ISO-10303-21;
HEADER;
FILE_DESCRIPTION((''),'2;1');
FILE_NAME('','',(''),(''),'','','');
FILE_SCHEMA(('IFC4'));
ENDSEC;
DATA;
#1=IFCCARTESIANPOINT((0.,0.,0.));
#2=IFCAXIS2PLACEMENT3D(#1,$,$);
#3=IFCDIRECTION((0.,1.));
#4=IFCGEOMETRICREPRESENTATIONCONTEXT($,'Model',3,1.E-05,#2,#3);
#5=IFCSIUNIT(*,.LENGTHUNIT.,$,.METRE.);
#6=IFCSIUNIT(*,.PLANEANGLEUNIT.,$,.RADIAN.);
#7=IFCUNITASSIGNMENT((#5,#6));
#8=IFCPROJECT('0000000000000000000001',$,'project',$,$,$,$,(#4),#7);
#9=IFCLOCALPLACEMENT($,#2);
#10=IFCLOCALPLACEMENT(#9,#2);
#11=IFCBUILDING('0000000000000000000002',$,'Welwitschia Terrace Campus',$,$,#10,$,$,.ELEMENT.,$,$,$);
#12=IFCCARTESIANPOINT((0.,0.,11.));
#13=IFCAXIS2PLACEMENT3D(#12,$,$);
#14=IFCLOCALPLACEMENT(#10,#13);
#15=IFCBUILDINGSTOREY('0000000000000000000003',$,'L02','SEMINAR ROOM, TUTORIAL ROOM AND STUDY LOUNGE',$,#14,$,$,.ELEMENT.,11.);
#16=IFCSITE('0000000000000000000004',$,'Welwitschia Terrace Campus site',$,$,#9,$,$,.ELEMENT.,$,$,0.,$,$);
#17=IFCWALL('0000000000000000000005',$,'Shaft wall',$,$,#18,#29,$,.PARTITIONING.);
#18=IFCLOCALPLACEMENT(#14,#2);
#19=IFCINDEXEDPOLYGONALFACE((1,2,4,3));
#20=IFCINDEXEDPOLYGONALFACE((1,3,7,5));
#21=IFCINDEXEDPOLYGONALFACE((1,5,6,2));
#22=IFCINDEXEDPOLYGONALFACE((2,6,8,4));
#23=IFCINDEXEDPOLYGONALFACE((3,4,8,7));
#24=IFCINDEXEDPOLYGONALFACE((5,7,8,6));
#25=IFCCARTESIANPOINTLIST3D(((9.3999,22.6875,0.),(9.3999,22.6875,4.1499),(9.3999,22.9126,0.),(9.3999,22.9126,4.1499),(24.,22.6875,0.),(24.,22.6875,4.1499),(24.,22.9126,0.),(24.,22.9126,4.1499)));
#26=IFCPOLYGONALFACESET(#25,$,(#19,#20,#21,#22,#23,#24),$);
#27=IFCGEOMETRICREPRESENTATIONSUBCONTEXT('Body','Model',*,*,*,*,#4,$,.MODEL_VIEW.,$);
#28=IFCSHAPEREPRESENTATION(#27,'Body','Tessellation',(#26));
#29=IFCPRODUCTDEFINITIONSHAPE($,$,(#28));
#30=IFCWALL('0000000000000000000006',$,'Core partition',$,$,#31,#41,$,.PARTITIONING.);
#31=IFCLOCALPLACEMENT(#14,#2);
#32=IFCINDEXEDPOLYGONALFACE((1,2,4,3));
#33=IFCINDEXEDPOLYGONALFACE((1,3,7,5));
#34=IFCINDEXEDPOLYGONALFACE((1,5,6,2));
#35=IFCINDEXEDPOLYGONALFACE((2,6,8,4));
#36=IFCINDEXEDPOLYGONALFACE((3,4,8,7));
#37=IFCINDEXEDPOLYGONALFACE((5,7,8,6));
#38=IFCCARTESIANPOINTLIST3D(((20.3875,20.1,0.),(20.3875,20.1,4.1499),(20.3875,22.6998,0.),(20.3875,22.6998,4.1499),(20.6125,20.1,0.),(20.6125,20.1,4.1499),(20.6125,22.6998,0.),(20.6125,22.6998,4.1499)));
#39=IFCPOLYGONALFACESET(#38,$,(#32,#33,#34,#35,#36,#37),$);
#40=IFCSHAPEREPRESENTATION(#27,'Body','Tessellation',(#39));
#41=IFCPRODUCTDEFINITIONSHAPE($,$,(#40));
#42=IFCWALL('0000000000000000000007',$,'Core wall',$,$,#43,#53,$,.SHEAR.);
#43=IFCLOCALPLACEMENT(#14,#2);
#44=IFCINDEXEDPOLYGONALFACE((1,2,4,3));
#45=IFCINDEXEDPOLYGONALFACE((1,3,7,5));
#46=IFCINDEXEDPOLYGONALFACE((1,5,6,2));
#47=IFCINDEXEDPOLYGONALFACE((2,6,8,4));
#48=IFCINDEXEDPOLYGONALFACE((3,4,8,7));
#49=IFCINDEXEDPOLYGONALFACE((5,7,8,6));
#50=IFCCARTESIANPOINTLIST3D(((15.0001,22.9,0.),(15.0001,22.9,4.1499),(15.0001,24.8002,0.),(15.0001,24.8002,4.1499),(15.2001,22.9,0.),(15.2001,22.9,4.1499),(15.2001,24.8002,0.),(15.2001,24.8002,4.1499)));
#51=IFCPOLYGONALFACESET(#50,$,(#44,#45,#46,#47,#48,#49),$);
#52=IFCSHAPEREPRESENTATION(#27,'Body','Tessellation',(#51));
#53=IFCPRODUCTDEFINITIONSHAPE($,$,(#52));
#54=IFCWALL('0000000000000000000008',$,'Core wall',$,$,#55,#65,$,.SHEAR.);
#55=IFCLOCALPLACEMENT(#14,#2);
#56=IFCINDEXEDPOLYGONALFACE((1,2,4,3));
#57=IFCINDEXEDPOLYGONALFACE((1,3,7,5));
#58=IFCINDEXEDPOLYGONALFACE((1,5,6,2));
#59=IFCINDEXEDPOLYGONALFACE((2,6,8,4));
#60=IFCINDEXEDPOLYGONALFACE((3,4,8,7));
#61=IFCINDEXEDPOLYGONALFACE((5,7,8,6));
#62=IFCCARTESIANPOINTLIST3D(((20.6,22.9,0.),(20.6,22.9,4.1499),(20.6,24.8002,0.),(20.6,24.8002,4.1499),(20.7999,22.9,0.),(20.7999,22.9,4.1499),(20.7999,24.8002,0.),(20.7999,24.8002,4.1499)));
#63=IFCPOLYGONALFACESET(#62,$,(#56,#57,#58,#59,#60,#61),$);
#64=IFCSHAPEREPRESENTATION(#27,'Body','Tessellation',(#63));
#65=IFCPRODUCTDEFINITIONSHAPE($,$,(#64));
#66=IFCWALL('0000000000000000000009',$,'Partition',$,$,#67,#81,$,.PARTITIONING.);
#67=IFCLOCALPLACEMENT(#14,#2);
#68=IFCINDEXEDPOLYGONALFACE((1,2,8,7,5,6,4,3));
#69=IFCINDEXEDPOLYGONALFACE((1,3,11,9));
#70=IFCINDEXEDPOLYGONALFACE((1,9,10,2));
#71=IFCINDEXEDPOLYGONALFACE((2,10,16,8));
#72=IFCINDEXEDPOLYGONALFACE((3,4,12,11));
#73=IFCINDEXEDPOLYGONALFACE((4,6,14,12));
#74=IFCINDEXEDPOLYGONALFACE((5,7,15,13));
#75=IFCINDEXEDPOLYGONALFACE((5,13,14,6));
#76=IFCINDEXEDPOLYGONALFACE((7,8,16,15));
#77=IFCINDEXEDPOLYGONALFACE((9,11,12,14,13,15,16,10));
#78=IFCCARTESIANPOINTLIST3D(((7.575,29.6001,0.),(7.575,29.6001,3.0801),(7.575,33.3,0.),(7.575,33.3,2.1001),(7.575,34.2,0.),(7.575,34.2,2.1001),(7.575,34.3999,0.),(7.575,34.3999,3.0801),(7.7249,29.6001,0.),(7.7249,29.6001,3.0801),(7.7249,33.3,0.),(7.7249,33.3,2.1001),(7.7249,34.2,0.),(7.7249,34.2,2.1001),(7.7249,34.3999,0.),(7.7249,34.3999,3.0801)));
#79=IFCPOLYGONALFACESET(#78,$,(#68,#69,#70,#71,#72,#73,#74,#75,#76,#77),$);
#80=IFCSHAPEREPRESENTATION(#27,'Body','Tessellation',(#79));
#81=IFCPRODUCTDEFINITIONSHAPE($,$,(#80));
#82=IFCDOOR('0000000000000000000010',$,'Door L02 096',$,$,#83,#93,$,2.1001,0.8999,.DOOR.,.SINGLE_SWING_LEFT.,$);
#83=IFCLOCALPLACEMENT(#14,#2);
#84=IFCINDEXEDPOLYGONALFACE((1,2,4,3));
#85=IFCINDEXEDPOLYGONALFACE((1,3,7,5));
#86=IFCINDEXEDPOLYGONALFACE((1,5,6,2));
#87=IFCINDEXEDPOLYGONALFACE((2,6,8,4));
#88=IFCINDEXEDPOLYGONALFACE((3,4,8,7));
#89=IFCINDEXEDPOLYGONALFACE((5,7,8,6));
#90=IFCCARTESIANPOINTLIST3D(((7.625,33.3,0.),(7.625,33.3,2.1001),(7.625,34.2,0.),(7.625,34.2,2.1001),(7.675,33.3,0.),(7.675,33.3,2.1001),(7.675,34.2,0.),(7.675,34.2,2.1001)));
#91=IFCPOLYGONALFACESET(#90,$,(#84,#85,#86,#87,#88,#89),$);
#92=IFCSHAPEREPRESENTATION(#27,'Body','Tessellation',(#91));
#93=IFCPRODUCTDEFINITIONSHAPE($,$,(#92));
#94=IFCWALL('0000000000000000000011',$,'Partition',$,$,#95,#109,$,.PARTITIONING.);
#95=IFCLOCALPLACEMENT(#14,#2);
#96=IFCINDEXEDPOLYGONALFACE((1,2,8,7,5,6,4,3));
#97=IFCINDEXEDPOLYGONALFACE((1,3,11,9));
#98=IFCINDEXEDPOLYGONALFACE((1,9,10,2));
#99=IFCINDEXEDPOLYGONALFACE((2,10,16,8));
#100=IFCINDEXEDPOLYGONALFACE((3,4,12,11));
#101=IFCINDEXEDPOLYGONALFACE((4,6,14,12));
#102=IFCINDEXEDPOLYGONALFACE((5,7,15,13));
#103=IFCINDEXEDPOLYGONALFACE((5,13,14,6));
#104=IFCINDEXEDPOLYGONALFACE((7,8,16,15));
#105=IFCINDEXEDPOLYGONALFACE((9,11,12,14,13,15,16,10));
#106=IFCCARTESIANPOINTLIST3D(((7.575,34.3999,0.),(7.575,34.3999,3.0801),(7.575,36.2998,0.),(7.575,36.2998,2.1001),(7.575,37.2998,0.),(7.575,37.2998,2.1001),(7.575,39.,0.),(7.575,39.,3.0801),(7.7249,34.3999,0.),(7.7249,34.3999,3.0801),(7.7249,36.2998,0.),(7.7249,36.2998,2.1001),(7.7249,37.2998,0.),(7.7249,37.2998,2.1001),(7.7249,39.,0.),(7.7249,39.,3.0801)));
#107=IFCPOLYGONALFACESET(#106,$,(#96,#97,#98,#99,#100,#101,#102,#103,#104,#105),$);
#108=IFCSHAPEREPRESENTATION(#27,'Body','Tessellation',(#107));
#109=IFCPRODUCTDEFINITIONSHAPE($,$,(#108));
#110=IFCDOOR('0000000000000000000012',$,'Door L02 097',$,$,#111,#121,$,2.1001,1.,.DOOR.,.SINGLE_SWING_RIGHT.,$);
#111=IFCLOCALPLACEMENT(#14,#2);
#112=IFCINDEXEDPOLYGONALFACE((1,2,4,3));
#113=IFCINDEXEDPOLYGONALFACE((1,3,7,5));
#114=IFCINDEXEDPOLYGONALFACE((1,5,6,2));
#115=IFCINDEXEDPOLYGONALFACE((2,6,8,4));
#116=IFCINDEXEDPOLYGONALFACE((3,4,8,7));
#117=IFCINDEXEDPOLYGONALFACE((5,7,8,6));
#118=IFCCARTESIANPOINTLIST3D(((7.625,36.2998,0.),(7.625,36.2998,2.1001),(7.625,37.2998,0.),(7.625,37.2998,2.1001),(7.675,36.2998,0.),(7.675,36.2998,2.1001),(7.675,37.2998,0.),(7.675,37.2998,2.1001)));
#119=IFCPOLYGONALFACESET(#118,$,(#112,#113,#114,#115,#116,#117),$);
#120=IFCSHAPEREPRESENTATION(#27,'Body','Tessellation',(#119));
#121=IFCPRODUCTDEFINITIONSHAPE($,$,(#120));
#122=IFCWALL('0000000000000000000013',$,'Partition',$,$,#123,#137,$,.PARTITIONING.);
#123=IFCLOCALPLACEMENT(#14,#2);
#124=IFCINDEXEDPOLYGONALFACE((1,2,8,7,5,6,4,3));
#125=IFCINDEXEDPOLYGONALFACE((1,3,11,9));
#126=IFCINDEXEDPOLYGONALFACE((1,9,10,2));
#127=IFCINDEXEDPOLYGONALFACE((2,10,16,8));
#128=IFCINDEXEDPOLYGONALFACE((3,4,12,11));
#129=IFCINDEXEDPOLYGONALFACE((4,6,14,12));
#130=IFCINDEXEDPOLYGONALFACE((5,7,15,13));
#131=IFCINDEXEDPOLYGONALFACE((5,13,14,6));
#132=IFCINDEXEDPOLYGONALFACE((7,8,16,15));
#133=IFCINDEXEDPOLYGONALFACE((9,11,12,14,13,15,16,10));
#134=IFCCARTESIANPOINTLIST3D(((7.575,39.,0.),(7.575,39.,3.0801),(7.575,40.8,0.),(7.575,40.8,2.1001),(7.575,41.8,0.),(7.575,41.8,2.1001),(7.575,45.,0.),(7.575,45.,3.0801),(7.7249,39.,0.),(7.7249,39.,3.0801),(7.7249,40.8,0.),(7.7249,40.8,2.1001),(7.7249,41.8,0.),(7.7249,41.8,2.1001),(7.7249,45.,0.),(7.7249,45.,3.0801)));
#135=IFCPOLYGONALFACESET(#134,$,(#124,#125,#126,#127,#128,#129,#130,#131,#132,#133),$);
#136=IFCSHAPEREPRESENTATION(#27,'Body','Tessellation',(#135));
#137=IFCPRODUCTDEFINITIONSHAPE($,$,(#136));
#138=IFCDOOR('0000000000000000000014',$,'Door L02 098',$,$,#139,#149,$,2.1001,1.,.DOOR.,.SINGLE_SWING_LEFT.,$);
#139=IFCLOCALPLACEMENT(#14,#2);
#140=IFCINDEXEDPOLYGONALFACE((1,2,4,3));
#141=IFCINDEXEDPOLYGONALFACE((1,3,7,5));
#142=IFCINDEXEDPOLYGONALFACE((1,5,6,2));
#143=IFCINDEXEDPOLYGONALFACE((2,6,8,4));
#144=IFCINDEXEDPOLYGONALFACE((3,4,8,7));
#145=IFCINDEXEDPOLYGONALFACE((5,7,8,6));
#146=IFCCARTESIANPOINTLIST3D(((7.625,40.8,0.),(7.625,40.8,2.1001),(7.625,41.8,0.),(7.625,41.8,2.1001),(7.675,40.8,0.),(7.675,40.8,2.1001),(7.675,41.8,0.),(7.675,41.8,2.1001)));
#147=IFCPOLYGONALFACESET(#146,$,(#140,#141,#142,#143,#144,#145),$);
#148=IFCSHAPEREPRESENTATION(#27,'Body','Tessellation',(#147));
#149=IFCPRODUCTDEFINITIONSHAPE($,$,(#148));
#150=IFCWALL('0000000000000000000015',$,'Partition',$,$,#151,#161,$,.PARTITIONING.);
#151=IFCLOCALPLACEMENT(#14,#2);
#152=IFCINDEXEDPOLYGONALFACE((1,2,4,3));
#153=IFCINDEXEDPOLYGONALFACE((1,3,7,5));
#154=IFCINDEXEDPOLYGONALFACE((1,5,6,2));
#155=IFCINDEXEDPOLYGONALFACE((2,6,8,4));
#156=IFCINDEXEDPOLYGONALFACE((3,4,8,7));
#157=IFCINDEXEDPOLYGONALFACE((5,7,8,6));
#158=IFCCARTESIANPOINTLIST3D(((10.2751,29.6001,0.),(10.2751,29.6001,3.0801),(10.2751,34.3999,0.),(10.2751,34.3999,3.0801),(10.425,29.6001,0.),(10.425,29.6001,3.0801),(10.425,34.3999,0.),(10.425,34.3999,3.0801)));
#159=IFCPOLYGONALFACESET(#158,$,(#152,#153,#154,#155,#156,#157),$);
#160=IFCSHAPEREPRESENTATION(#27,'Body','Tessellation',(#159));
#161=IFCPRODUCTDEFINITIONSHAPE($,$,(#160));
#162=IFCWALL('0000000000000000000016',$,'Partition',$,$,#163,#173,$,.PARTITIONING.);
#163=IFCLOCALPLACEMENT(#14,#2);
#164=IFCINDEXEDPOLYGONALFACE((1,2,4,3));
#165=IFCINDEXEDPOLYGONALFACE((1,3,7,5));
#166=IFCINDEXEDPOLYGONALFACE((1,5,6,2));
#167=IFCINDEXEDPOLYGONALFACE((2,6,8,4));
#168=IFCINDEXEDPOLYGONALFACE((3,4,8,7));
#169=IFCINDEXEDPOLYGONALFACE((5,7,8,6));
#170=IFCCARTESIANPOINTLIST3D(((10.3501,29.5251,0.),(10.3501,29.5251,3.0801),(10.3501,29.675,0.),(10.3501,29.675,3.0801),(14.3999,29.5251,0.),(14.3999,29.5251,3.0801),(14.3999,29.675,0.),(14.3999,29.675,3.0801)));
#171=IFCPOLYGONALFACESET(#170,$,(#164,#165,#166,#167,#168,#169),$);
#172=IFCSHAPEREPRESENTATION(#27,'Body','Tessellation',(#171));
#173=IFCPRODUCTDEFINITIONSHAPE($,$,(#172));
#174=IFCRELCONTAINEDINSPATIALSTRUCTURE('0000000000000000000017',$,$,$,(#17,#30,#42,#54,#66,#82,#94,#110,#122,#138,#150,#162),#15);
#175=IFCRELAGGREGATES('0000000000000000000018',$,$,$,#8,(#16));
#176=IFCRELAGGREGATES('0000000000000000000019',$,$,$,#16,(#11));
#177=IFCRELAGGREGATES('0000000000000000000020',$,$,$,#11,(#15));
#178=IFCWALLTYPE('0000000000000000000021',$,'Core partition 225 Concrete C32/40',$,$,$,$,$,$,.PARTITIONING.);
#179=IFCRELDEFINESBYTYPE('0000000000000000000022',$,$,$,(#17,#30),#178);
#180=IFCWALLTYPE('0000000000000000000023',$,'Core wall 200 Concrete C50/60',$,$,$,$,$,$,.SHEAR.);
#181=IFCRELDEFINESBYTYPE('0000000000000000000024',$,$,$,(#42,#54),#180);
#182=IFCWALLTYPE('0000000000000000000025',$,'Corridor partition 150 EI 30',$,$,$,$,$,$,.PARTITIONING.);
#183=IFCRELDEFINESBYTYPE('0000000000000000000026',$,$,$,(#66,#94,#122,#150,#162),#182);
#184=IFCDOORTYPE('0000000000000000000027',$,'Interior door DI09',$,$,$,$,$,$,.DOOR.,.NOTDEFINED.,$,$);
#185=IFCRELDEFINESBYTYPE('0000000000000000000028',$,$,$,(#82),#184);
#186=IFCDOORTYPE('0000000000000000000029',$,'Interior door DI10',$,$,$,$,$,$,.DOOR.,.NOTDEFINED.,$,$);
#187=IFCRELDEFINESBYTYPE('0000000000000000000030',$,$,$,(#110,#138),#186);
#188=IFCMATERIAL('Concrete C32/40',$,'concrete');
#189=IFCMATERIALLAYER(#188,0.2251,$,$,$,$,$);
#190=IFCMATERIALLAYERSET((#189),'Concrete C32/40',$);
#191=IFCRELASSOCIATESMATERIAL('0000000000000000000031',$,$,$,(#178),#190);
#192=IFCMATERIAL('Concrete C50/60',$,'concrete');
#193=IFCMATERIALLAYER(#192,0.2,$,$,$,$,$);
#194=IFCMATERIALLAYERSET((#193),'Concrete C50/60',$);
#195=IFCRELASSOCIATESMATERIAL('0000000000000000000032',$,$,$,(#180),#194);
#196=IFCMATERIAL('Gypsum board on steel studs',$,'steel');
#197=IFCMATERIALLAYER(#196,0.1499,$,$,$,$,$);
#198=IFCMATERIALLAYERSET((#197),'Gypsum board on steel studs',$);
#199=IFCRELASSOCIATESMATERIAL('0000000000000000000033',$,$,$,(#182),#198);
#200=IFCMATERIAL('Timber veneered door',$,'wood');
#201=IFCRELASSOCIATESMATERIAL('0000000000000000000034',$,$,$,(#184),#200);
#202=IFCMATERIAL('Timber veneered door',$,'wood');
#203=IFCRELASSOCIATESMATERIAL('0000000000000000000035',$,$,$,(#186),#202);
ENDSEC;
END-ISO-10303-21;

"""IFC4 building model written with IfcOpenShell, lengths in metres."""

from ifc_helpers import new_model, si_unit, direction, frame, frame_2d, origin, place, context, subcontext, project, spatial, rectangle, extrude, material, layer, layer_set, type_object, element, fill, save


model = new_model("IFC4")

# Units and contexts
model_context = context("Model", 3, precision=1e-05, world=origin(), true_north=direction((0.0, 1.0)))
body_context = subcontext(model_context, "Body", "Model", "MODEL_VIEW")
ifc_project = project(units=[si_unit("LENGTHUNIT", "METRE"), si_unit("PLANEANGLEUNIT", "RADIAN")], contexts=[model_context])

# Site, building, storey
site_placement = place(None, origin())
site = spatial("IfcSite", under=ifc_project, at=site_placement, Name="Welwitschia Terrace Campus site", CompositionType="ELEMENT", RefElevation=0.0)
building_placement = place(site_placement, origin())
building = spatial("IfcBuilding", under=site, at=building_placement, Name="Welwitschia Terrace Campus", CompositionType="ELEMENT")
storey_placement = place(building_placement, frame((0.0, 0.0, 11.0)))
storey = spatial("IfcBuildingStorey", under=building, at=storey_placement, Name="L02", Description="SEMINAR ROOM, TUTORIAL ROOM AND STUDY LOUNGE", CompositionType="ELEMENT", Elevation=11.0)

# Walls
ifc_material_1 = material(Name="Concrete C32/40", Category="concrete")
ifc_layer_1 = layer(ifc_material_1, 0.2251)
ifc_layer_set_1 = layer_set([ifc_layer_1], Name="Concrete C32/40")
wall_type_1 = type_object("IfcWallType", Name="Core partition 225 Concrete C32/40", PredefinedType="PARTITIONING", material=ifc_layer_set_1)
wall_1_placement = place(storey_placement, frame((9.3999, 22.8, 0.0), z_axis=(0.0, 0.0, 1.0), x_axis=(1.0, 0.0, 0.0)))
element("IfcWall", 1, at=wall_1_placement, inside=storey, type_object=wall_type_1, Name="Shaft wall", PredefinedType="PARTITIONING", context=body_context, shape_type="SweptSolid", body=[
    extrude(rectangle(XDim=14.6001, YDim=0.2251, at=frame_2d((7.3, 0.0))), origin(), (0.0, 0.0, 1.0), 4.1499),
])
wall_2_placement = place(storey_placement, frame((20.5, 20.1001, 0.0), z_axis=(0.0, 0.0, 1.0), x_axis=(0.0, 1.0, 0.0)))
element("IfcWall", 2, at=wall_2_placement, inside=storey, type_object=wall_type_1, Name="Core partition", PredefinedType="PARTITIONING", context=body_context, shape_type="SweptSolid", body=[
    extrude(rectangle(XDim=2.5999, YDim=0.2251, at=frame_2d((1.2998, 0.0))), origin(), (0.0, 0.0, 1.0), 4.1499),
])
ifc_material_2 = material(Name="Concrete C50/60", Category="concrete")
ifc_layer_2 = layer(ifc_material_2, 0.2)
ifc_layer_set_2 = layer_set([ifc_layer_2], Name="Concrete C50/60")
wall_type_2 = type_object("IfcWallType", Name="Core wall 200 Concrete C50/60", PredefinedType="SHEAR", material=ifc_layer_set_2)
for number, where, z_axis, x_axis, name in (
    (3, (15.1001, 22.8999, 0.0), (0.0, 0.0, 1.0), (0.0, 1.0, 0.0), "Core wall"),
    (4, (20.7, 22.8999, 0.0), (0.0, 0.0, 1.0), (0.0, 1.0, 0.0), "Core wall"),
):
    element("IfcWall", number, at=place(storey_placement, frame(where, z_axis=z_axis, x_axis=x_axis)), inside=storey, type_object=wall_type_2, Name=name, PredefinedType="SHEAR", context=body_context, shape_type="SweptSolid", body=[
        extrude(rectangle(XDim=1.9001, YDim=0.2, at=frame_2d((0.9502, 0.0))), origin(), (0.0, 0.0, 1.0), 4.1499),
    ])

# Walls, openings, doors
ifc_material_3 = material(Name="Gypsum board on steel studs", Category="steel")
ifc_layer_3 = layer(ifc_material_3, 0.1499)
ifc_layer_set_3 = layer_set([ifc_layer_3], Name="Gypsum board on steel studs")
wall_type_3 = type_object("IfcWallType", Name="Corridor partition 150 EI 30", PredefinedType="PARTITIONING", material=ifc_layer_set_3)
wall_3_placement = place(storey_placement, frame((7.6499, 29.6001, 0.0), z_axis=(0.0, 0.0, 1.0), x_axis=(0.0, 1.0, 0.0)))
wall_3 = element("IfcWall", 5, at=wall_3_placement, inside=storey, type_object=wall_type_3, Name="Partition", PredefinedType="PARTITIONING", context=body_context, shape_type="SweptSolid", body=[
    extrude(rectangle(XDim=4.7998, YDim=0.1499, at=frame_2d((2.3999, 0.0))), origin(), (0.0, 0.0, 1.0), 3.0801),
])
opening_1_placement = place(wall_3_placement, frame((3.7, 0.0, 0.0)))
opening_1 = element("IfcOpeningElement", 6, at=opening_1_placement, cuts=wall_3, PredefinedType="OPENING", context=body_context, shape_type="SweptSolid", body=[
    extrude(rectangle(XDim=0.8999, YDim=2.1001, at=frame_2d((0.45, 1.05))), frame((0.0, 0.085, 0.0), z_axis=(0.0, -1.0, 0.0), x_axis=(1.0, 0.0, 0.0)), (0.0, 0.0, 1.0), 0.1699),
])
ifc_material_4 = material(Name="Timber veneered door", Category="wood")
door_type_1 = type_object("IfcDoorType", Name="Interior door DI09", OperationType="NOTDEFINED", PredefinedType="DOOR", material=ifc_material_4)
door_1_placement = place(opening_1_placement, origin())
door_1 = element("IfcDoor", 7, at=door_1_placement, inside=storey, type_object=door_type_1, Name="Door L02 096", OperationType="SINGLE_SWING_LEFT", OverallHeight=2.1001, OverallWidth=0.8999, PredefinedType="DOOR", context=body_context, shape_type="SweptSolid", body=[
    extrude(rectangle(XDim=0.8999, YDim=2.1001, at=frame_2d((0.45, 1.05))), frame((0.0, 0.0249, 0.0), z_axis=(0.0, -1.0, 0.0), x_axis=(1.0, 0.0, 0.0)), (0.0, 0.0, 1.0), 0.05),
])
fill(opening_1, door_1)
wall_4_placement = place(storey_placement, frame((7.6499, 34.3999, 0.0), z_axis=(0.0, 0.0, 1.0), x_axis=(0.0, 1.0, 0.0)))
wall_4 = element("IfcWall", 8, at=wall_4_placement, inside=storey, type_object=wall_type_3, Name="Partition", PredefinedType="PARTITIONING", context=body_context, shape_type="SweptSolid", body=[
    extrude(rectangle(XDim=4.6001, YDim=0.1499, at=frame_2d((2.3, 0.0))), origin(), (0.0, 0.0, 1.0), 3.0801),
])
opening_2_placement = place(wall_4_placement, frame((1.8999, 0.0, 0.0)))
opening_2 = element("IfcOpeningElement", 9, at=opening_2_placement, cuts=wall_4, PredefinedType="OPENING", context=body_context, shape_type="SweptSolid", body=[
    extrude(rectangle(XDim=1.0, YDim=2.1001, at=frame_2d((0.5, 1.05))), frame((0.0, 0.085, 0.0), z_axis=(0.0, -1.0, 0.0), x_axis=(1.0, 0.0, 0.0)), (0.0, 0.0, 1.0), 0.1699),
])
ifc_material_5 = material(Name="Timber veneered door", Category="wood")
door_type_2 = type_object("IfcDoorType", Name="Interior door DI10", OperationType="NOTDEFINED", PredefinedType="DOOR", material=ifc_material_5)
door_2_placement = place(opening_2_placement, origin())
door_2 = element("IfcDoor", 10, at=door_2_placement, inside=storey, type_object=door_type_2, Name="Door L02 097", OperationType="SINGLE_SWING_RIGHT", OverallHeight=2.1001, OverallWidth=1.0, PredefinedType="DOOR", context=body_context, shape_type="SweptSolid", body=[
    extrude(rectangle(XDim=1.0, YDim=2.1001, at=frame_2d((0.5, 1.05))), frame((0.0, 0.0249, 0.0), z_axis=(0.0, -1.0, 0.0), x_axis=(1.0, 0.0, 0.0)), (0.0, 0.0, 1.0), 0.05),
])
fill(opening_2, door_2)
wall_5_placement = place(storey_placement, frame((7.6499, 39.0, 0.0), z_axis=(0.0, 0.0, 1.0), x_axis=(0.0, 1.0, 0.0)))
wall_5 = element("IfcWall", 11, at=wall_5_placement, inside=storey, type_object=wall_type_3, Name="Partition", PredefinedType="PARTITIONING", context=body_context, shape_type="SweptSolid", body=[
    extrude(rectangle(XDim=6.0, YDim=0.1499, at=frame_2d((3.0, 0.0))), origin(), (0.0, 0.0, 1.0), 3.0801),
])
opening_3_placement = place(wall_5_placement, frame((1.8, 0.0, 0.0)))
opening_3 = element("IfcOpeningElement", 12, at=opening_3_placement, cuts=wall_5, PredefinedType="OPENING", context=body_context, shape_type="SweptSolid", body=[
    extrude(rectangle(XDim=1.0, YDim=2.1001, at=frame_2d((0.5, 1.05))), frame((0.0, 0.085, 0.0), z_axis=(0.0, -1.0, 0.0), x_axis=(1.0, 0.0, 0.0)), (0.0, 0.0, 1.0), 0.1699),
])
door_3_placement = place(opening_3_placement, origin())
door_3 = element("IfcDoor", 13, at=door_3_placement, inside=storey, type_object=door_type_2, Name="Door L02 098", OperationType="SINGLE_SWING_LEFT", OverallHeight=2.1001, OverallWidth=1.0, PredefinedType="DOOR", context=body_context, shape_type="SweptSolid", body=[
    extrude(rectangle(XDim=1.0, YDim=2.1001, at=frame_2d((0.5, 1.05))), frame((0.0, 0.0249, 0.0), z_axis=(0.0, -1.0, 0.0), x_axis=(1.0, 0.0, 0.0)), (0.0, 0.0, 1.0), 0.05),
])
fill(opening_3, door_3)

# Walls
wall_6_placement = place(storey_placement, frame((10.3501, 29.6001, 0.0), z_axis=(0.0, 0.0, 1.0), x_axis=(0.0, 1.0, 0.0)))
element("IfcWall", 14, at=wall_6_placement, inside=storey, type_object=wall_type_3, Name="Partition", PredefinedType="PARTITIONING", context=body_context, shape_type="SweptSolid", body=[
    extrude(rectangle(XDim=4.7998, YDim=0.1499, at=frame_2d((2.3999, 0.0))), origin(), (0.0, 0.0, 1.0), 3.0801),
])
wall_7_placement = place(storey_placement, frame((10.3501, 29.6001, 0.0), z_axis=(0.0, 0.0, 1.0), x_axis=(1.0, 0.0, 0.0)))
element("IfcWall", 15, at=wall_7_placement, inside=storey, type_object=wall_type_3, Name="Partition", PredefinedType="PARTITIONING", context=body_context, shape_type="SweptSolid", body=[
    extrude(rectangle(XDim=4.0498, YDim=0.1499, at=frame_2d((2.0249, 0.0))), origin(), (0.0, 0.0, 1.0), 3.0801),
])

save(model, "model.ifc")
